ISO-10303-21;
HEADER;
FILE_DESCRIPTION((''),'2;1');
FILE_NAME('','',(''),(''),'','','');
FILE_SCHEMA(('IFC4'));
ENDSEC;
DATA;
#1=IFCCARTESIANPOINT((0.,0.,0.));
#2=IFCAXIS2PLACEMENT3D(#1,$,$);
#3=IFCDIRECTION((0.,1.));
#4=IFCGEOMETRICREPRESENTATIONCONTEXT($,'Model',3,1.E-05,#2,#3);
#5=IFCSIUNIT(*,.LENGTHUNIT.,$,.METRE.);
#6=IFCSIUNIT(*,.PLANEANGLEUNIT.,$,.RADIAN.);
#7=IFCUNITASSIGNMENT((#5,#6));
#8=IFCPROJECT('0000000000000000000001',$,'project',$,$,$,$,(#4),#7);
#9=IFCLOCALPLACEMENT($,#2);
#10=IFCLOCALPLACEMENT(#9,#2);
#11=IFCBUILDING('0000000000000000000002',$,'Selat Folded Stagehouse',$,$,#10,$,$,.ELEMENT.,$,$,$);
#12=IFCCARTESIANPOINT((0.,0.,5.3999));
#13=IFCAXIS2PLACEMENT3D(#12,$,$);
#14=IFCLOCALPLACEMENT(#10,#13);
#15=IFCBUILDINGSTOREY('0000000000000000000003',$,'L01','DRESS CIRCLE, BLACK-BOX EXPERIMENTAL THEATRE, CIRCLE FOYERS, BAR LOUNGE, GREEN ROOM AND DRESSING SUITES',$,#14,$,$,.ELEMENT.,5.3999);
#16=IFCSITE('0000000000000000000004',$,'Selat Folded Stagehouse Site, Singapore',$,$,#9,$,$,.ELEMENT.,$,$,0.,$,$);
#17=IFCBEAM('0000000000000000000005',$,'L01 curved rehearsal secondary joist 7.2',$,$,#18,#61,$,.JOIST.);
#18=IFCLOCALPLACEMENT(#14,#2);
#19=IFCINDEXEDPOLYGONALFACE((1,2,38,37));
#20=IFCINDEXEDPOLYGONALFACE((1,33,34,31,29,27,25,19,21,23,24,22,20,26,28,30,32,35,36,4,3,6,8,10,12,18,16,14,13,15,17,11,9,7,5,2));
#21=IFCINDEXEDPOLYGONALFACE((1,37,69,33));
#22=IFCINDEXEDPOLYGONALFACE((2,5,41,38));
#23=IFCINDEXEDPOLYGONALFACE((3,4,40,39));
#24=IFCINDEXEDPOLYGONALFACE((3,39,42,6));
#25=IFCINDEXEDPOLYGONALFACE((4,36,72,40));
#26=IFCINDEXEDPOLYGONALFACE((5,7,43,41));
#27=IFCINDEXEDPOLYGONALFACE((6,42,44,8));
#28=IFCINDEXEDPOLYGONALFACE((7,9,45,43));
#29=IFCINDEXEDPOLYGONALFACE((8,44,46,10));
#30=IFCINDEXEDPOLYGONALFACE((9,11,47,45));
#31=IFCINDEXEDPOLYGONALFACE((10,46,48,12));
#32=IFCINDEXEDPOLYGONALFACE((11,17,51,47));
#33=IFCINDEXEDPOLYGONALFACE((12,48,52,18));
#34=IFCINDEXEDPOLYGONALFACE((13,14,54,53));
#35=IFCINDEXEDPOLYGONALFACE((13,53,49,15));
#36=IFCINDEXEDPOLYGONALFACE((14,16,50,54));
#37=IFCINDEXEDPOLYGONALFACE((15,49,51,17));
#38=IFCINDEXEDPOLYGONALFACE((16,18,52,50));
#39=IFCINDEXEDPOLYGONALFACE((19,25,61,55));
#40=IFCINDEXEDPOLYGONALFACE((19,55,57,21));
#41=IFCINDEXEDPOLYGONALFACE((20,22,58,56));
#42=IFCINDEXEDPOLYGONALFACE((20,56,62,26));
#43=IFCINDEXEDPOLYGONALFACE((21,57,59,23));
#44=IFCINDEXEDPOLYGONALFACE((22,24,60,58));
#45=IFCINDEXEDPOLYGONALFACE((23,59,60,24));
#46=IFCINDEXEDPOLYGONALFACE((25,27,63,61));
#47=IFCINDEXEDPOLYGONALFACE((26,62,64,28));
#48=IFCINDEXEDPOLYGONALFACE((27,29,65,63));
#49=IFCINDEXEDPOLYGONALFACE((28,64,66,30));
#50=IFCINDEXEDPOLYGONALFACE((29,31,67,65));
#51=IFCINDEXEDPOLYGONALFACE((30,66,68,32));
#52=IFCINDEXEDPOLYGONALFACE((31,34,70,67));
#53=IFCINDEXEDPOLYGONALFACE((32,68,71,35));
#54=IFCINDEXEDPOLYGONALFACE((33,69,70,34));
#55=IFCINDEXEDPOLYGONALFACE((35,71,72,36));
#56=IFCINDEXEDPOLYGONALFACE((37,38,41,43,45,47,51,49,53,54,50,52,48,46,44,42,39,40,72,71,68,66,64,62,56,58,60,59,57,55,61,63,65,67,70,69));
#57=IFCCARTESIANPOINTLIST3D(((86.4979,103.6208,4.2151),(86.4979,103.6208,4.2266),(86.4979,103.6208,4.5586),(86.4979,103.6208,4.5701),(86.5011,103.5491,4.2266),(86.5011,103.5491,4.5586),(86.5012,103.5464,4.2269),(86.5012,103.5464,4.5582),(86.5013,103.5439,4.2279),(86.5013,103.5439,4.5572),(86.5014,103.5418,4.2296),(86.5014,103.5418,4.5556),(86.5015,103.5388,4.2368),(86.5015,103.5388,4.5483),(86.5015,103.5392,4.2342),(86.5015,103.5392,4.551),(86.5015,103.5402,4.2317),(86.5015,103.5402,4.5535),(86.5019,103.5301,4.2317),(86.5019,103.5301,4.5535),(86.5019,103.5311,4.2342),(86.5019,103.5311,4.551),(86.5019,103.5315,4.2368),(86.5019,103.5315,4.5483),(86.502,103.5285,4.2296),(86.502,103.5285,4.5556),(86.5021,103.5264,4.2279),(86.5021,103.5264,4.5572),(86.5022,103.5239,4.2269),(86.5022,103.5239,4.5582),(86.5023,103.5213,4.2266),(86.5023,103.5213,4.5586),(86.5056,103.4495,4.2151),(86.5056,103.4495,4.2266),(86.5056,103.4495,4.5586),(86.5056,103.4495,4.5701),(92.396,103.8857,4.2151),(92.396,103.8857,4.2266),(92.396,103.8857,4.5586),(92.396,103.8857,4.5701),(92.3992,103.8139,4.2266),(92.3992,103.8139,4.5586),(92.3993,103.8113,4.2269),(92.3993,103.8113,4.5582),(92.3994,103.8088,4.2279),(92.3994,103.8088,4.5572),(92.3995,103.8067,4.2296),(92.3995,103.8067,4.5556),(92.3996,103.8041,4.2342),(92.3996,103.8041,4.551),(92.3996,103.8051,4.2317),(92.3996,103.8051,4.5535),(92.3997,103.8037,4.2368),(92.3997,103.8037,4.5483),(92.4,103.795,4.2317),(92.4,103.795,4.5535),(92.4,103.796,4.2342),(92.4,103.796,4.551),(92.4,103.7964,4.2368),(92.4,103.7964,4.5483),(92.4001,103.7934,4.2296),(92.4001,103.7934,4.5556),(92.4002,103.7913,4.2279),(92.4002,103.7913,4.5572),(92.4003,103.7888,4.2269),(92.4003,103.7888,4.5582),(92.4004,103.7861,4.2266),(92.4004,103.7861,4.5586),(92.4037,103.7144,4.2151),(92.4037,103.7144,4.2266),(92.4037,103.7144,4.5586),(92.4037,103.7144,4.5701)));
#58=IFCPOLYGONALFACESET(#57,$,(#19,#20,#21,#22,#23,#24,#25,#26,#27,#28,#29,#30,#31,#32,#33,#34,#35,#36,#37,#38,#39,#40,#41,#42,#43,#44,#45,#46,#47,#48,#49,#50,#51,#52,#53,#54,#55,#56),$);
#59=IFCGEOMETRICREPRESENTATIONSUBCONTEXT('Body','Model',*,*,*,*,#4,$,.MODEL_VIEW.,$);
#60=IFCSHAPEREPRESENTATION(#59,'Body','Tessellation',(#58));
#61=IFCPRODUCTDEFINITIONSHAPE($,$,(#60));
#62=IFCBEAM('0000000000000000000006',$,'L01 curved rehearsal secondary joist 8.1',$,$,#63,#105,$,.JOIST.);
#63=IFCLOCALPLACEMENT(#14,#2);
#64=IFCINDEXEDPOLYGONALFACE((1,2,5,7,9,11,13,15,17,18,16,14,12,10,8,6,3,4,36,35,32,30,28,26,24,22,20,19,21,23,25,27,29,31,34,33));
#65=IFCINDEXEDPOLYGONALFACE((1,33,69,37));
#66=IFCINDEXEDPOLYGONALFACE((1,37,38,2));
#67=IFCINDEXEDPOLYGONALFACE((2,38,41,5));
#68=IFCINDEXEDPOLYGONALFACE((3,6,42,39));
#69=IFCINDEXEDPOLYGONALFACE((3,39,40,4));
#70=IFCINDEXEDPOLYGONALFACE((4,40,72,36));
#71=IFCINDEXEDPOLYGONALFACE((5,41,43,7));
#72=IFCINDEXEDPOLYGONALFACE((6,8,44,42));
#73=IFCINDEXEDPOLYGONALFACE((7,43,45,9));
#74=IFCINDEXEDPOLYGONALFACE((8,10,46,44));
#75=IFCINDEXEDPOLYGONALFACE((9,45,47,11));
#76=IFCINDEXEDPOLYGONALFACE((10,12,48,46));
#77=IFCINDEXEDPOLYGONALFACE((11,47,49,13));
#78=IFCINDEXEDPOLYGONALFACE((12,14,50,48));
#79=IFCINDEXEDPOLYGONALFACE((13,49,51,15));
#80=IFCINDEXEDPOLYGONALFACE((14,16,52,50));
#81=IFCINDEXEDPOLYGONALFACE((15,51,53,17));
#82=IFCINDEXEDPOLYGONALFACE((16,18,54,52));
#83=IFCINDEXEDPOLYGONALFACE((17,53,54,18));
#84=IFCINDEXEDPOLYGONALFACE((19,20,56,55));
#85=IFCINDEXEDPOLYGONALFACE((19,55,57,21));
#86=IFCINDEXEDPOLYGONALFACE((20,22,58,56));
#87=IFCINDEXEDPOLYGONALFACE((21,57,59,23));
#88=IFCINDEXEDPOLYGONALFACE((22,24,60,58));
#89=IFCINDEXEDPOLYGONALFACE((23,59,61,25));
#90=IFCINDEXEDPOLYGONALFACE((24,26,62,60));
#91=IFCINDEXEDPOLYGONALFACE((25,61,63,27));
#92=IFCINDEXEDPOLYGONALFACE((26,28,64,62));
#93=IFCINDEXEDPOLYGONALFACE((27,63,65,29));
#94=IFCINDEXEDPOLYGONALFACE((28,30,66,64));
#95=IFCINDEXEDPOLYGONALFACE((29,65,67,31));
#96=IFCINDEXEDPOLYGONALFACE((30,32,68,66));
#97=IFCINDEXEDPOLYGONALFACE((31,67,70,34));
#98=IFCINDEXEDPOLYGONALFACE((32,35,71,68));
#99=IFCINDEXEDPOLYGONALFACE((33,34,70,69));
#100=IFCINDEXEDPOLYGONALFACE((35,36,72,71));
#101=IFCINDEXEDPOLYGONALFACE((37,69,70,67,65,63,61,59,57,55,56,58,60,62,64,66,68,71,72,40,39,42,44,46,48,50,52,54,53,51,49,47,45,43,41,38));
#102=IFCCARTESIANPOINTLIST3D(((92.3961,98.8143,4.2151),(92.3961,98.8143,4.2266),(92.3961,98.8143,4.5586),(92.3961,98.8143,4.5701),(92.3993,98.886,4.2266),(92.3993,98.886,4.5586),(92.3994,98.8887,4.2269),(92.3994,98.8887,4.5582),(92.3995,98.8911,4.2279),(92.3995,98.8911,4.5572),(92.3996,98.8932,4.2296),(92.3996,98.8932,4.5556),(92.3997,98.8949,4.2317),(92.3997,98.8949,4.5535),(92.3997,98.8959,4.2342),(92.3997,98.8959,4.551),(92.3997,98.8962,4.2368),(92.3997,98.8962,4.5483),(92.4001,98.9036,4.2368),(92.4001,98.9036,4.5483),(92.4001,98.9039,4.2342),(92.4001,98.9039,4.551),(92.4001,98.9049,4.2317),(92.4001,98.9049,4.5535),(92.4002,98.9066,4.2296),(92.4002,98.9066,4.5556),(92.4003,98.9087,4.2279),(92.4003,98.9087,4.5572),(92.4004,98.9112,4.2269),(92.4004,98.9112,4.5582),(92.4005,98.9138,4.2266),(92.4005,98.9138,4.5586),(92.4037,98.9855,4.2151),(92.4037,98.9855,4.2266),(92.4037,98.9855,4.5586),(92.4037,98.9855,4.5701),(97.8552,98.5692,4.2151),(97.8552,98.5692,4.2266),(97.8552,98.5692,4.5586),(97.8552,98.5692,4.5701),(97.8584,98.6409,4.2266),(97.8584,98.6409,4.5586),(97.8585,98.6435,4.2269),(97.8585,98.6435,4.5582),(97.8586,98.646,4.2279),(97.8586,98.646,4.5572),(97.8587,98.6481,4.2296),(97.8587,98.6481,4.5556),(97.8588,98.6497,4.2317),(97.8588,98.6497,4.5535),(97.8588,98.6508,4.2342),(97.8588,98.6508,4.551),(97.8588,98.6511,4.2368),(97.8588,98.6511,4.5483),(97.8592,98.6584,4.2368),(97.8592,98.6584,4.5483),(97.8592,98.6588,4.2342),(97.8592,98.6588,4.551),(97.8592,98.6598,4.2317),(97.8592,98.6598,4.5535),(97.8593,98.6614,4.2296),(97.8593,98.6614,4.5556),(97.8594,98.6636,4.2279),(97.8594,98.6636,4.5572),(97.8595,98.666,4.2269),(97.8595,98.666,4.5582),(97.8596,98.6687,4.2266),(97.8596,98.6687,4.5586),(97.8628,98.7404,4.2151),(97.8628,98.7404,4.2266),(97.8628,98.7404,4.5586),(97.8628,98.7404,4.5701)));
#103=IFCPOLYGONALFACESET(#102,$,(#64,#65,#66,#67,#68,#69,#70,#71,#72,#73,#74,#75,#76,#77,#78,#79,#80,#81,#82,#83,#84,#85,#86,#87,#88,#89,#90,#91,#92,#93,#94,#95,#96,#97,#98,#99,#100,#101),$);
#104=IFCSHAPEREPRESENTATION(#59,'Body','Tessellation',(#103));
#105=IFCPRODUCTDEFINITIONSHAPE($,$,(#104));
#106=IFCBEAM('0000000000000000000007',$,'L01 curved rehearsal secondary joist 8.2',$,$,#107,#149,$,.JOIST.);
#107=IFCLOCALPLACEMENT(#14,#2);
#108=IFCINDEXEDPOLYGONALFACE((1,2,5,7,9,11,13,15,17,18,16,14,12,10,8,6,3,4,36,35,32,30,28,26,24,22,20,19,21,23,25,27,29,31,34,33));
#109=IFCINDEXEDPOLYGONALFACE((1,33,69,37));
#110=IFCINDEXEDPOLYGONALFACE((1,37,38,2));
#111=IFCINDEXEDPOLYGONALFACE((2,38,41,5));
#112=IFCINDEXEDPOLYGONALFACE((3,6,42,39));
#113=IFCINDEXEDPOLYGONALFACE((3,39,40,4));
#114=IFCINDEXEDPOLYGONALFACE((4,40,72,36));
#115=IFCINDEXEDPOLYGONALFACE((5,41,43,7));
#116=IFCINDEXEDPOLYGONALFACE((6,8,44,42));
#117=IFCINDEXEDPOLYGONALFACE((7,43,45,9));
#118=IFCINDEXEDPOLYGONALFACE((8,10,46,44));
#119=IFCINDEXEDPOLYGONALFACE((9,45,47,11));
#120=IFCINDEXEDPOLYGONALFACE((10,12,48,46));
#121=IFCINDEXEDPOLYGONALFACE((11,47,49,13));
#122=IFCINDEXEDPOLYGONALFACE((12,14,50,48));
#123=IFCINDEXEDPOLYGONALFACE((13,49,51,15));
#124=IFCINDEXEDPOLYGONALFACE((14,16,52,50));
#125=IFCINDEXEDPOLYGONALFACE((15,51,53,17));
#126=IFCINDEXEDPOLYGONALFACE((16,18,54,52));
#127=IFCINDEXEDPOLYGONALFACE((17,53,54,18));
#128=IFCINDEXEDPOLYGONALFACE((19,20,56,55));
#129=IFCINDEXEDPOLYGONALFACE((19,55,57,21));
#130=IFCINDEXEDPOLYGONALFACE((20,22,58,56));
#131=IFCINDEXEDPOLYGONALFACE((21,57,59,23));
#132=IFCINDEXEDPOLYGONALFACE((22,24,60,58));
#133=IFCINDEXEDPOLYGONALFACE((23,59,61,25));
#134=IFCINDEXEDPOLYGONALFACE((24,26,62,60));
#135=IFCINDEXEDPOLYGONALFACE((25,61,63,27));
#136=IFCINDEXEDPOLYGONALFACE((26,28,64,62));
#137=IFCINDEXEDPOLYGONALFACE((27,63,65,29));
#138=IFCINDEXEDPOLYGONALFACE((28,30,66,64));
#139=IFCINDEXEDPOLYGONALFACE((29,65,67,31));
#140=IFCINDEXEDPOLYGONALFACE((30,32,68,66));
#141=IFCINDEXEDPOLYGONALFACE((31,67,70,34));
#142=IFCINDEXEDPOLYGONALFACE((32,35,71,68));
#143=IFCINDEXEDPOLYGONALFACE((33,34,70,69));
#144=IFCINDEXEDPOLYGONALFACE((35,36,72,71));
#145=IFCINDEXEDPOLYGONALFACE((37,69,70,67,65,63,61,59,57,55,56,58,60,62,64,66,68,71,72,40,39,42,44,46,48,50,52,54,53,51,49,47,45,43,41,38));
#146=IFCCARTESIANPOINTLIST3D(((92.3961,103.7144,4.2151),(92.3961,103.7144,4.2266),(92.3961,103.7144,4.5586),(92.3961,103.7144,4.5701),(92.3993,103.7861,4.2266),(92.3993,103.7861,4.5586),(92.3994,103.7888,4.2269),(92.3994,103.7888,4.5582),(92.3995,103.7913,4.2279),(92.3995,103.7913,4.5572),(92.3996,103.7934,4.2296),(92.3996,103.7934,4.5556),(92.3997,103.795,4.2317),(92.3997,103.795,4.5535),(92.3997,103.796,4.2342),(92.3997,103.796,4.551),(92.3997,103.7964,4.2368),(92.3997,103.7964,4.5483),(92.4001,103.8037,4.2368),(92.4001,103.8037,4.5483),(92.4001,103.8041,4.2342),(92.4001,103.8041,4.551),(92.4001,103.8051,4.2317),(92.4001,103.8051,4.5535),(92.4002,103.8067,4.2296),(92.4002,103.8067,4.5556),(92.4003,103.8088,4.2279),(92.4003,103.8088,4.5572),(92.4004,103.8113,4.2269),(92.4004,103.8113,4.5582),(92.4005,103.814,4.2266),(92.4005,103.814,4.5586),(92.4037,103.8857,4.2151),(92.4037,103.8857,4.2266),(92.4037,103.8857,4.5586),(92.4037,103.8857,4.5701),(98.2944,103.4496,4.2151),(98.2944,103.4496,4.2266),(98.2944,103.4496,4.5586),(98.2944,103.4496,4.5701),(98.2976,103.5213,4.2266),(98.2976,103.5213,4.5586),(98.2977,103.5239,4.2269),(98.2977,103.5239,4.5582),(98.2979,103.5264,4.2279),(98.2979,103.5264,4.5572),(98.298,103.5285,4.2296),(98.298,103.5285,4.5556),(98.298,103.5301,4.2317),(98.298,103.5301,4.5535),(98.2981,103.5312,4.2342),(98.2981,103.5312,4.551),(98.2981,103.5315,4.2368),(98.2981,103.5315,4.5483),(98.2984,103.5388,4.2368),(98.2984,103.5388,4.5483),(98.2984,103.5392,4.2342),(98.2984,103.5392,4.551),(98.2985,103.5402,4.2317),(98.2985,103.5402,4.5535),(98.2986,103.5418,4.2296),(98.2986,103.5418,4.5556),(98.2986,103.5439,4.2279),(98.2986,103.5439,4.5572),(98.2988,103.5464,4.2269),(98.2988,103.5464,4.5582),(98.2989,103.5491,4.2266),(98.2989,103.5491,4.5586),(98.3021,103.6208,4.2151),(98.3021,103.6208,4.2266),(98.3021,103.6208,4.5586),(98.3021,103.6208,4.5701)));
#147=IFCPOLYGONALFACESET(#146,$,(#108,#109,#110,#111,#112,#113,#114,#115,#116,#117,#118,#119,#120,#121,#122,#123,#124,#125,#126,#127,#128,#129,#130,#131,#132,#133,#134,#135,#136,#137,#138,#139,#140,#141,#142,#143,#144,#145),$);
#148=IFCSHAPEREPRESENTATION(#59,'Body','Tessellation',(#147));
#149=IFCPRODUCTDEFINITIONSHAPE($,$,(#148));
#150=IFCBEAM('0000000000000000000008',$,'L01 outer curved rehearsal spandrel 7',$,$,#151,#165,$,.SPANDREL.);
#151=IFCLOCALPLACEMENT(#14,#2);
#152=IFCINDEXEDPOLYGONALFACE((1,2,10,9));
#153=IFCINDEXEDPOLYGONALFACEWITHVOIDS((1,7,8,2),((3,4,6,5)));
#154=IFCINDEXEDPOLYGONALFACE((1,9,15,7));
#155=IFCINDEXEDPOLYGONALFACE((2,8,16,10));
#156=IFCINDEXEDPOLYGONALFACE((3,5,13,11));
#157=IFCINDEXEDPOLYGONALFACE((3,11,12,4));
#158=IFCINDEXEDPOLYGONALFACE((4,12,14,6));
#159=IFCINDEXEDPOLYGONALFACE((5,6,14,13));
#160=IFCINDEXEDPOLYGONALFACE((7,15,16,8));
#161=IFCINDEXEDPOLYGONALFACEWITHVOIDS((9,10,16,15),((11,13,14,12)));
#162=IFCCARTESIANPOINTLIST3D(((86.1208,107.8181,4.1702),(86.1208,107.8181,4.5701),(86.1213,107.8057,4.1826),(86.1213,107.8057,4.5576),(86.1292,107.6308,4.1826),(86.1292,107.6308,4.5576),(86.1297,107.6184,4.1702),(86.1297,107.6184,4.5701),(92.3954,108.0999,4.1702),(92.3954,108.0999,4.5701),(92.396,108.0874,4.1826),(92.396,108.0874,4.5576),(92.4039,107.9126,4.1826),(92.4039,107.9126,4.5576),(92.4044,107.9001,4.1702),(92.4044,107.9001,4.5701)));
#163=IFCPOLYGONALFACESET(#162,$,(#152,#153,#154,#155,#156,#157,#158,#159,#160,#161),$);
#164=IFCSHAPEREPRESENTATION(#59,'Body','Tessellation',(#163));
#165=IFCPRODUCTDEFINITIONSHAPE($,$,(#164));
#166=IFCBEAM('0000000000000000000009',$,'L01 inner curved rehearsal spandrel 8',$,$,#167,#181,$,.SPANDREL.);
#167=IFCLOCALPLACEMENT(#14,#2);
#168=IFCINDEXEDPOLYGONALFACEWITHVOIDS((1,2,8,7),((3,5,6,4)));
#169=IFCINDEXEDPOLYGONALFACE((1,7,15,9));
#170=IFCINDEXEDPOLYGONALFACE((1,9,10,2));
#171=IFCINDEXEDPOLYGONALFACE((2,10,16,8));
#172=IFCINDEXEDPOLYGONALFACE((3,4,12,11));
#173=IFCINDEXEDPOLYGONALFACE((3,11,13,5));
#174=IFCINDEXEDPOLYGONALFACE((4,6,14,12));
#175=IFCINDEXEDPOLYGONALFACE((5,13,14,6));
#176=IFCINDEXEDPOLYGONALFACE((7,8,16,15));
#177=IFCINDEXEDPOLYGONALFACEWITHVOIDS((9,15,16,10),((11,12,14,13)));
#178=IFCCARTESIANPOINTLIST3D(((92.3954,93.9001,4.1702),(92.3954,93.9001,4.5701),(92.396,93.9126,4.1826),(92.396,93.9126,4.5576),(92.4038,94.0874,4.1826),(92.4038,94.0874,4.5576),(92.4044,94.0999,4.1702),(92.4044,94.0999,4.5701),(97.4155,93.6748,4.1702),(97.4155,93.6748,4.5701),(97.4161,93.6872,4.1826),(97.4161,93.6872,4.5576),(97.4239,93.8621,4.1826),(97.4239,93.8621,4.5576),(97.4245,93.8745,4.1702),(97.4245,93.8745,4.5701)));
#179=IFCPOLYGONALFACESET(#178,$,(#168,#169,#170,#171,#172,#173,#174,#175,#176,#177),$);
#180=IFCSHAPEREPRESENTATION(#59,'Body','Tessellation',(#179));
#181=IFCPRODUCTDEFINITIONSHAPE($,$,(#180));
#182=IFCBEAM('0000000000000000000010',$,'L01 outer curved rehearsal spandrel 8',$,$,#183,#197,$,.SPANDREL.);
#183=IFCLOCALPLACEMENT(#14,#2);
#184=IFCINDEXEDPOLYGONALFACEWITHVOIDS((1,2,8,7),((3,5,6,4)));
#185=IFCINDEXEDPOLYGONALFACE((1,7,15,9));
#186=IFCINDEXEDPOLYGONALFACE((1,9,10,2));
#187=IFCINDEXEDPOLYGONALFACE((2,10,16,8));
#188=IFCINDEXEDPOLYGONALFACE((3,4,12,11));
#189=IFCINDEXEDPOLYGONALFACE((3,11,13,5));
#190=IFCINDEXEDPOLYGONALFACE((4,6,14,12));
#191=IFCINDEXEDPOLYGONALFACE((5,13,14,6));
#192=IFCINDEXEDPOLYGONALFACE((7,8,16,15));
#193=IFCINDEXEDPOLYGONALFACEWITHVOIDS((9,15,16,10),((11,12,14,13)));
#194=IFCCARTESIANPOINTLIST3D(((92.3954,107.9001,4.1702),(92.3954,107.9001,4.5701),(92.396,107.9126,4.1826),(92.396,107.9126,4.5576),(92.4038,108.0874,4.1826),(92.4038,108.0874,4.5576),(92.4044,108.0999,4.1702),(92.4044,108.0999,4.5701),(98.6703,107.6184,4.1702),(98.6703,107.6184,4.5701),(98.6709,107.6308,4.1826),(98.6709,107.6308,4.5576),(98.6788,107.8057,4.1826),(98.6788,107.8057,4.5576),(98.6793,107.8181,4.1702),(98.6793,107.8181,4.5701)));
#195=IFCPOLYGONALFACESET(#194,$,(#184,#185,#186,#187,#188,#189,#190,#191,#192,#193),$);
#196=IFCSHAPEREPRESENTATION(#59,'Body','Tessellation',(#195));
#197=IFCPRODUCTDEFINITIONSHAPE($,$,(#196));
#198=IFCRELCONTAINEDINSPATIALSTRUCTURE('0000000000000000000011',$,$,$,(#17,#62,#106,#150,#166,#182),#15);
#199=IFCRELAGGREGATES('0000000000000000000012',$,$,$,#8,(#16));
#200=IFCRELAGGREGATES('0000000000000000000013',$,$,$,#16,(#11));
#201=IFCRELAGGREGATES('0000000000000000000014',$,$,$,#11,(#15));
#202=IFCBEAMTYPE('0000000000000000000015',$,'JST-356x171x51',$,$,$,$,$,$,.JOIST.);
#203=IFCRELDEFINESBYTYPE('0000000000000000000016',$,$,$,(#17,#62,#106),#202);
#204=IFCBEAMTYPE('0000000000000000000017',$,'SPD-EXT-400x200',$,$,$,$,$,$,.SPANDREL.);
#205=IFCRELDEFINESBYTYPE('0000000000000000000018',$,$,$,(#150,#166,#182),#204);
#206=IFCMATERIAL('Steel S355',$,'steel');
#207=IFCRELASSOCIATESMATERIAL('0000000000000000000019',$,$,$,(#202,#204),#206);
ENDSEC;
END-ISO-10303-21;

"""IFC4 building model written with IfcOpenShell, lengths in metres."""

from ifc_helpers import new_model, si_unit, direction, frame, origin, origin_2d, place, context, subcontext, project, spatial, hollow_rectangle, i_section, extrude, material, material_profile, profile_set, type_object, element, save


model = new_model("IFC4")

# Units and contexts
model_context = context("Model", 3, precision=1e-05, world=origin(), true_north=direction((0.0, 1.0)))
body_context = subcontext(model_context, "Body", "Model", "MODEL_VIEW")
ifc_project = project(units=[si_unit("LENGTHUNIT", "METRE"), si_unit("PLANEANGLEUNIT", "RADIAN")], contexts=[model_context])

# Site, building, storey
site_placement = place(None, origin())
site = spatial("IfcSite", under=ifc_project, at=site_placement, Name="Selat Folded Stagehouse Site, Singapore", CompositionType="ELEMENT", RefElevation=0.0)
building_placement = place(site_placement, origin())
building = spatial("IfcBuilding", under=site, at=building_placement, Name="Selat Folded Stagehouse", CompositionType="ELEMENT")
storey_placement = place(building_placement, frame((0.0, 0.0, 5.3999)))
storey = spatial("IfcBuildingStorey", under=building, at=storey_placement, Name="L01", Description="DRESS CIRCLE, BLACK-BOX EXPERIMENTAL THEATRE, CIRCLE FOYERS, BAR LOUNGE, GREEN ROOM AND DRESSING SUITES", CompositionType="ELEMENT", Elevation=5.3999)

# Shared definitions
ifc_material_1 = material(Name="Steel S355", Category="steel")

# Beams
ifc_material_profile_1 = material_profile(ifc_material_1, i_section(OverallWidth=0.1714, OverallDepth=0.355, WebThickness=0.0073, FlangeThickness=0.0115, FilletRadius=0.0103, at=origin_2d()), Name="UKB 356x171x51")
ifc_profile_set_1 = profile_set([ifc_material_profile_1], Name="Steel S355")
beam_type_1 = type_object("IfcBeamType", Name="JST-356x171x51", PredefinedType="JOIST", material=ifc_profile_set_1)
beam_1_placement = place(storey_placement, frame((86.5017, 103.5352, 4.3926), z_axis=(0.998993, 0.044866, 0.0), x_axis=(-0.044866, 0.998993, 0.0)))
element("IfcBeam", 1, at=beam_1_placement, inside=storey, type_object=beam_type_1, Name="L01 curved rehearsal secondary joist 7.2", PredefinedType="JOIST", context=body_context, shape_type="SweptSolid", body=[
    extrude(i_section(OverallWidth=0.1714, OverallDepth=0.355, WebThickness=0.0073, FlangeThickness=0.0115, FilletRadius=0.0103, at=origin_2d()), origin(), (0.0, 0.0, 1.0), 5.9041),
])
beam_2_placement = place(storey_placement, frame((92.3999, 98.8999, 4.3926), z_axis=(0.998993, -0.044856, 0.0), x_axis=(0.044856, 0.998993, 0.0)))
element("IfcBeam", 2, at=beam_2_placement, inside=storey, type_object=beam_type_1, Name="L01 curved rehearsal secondary joist 8.1", PredefinedType="JOIST", context=body_context, shape_type="SweptSolid", body=[
    extrude(i_section(OverallWidth=0.1714, OverallDepth=0.355, WebThickness=0.0073, FlangeThickness=0.0115, FilletRadius=0.0103, at=origin_2d()), origin(), (0.0, 0.0, 1.0), 5.4646),
])
beam_3_placement = place(storey_placement, frame((92.3999, 103.8, 4.3926), z_axis=(0.998993, -0.044864, 0.0), x_axis=(0.044864, 0.998993, 0.0)))
element("IfcBeam", 3, at=beam_3_placement, inside=storey, type_object=beam_type_1, Name="L01 curved rehearsal secondary joist 8.2", PredefinedType="JOIST", context=body_context, shape_type="SweptSolid", body=[
    extrude(i_section(OverallWidth=0.1714, OverallDepth=0.355, WebThickness=0.0073, FlangeThickness=0.0115, FilletRadius=0.0103, at=origin_2d()), origin(), (0.0, 0.0, 1.0), 5.9043),
])
ifc_material_profile_2 = material_profile(ifc_material_1, hollow_rectangle(XDim=0.2, YDim=0.3999, WallThickness=0.0125, at=origin_2d()), Name="RHS 400x200x12.5")
ifc_profile_set_2 = profile_set([ifc_material_profile_2], Name="Steel S355")
beam_type_2 = type_object("IfcBeamType", Name="SPD-EXT-400x200", PredefinedType="SPANDREL", material=ifc_profile_set_2)
beam_4_placement = place(storey_placement, frame((86.1252, 107.7183, 4.3701), z_axis=(0.998993, 0.044856, 0.0), x_axis=(-0.044856, 0.998993, 0.0)))
element("IfcBeam", 4, at=beam_4_placement, inside=storey, type_object=beam_type_2, Name="L01 outer curved rehearsal spandrel 7", PredefinedType="SPANDREL", context=body_context, shape_type="SweptSolid", body=[
    extrude(hollow_rectangle(XDim=0.2, YDim=0.3999, WallThickness=0.0125, at=origin_2d()), origin(), (0.0, 0.0, 1.0), 6.281),
])
beam_5_placement = place(storey_placement, frame((92.3999, 94.0, 4.3701), z_axis=(0.998994, -0.044843, 0.0), x_axis=(0.044843, 0.998994, 0.0)))
element("IfcBeam", 5, at=beam_5_placement, inside=storey, type_object=beam_type_2, Name="L01 inner curved rehearsal spandrel 8", PredefinedType="SPANDREL", context=body_context, shape_type="SweptSolid", body=[
    extrude(hollow_rectangle(XDim=0.2, YDim=0.3999, WallThickness=0.0125, at=origin_2d()), origin(), (0.0, 0.0, 1.0), 5.0251),
])
beam_6_placement = place(storey_placement, frame((92.3999, 108.0, 4.3701), z_axis=(0.998994, -0.044854, 0.0), x_axis=(0.044854, 0.998994, 0.0)))
element("IfcBeam", 6, at=beam_6_placement, inside=storey, type_object=beam_type_2, Name="L01 outer curved rehearsal spandrel 8", PredefinedType="SPANDREL", context=body_context, shape_type="SweptSolid", body=[
    extrude(hollow_rectangle(XDim=0.2, YDim=0.3999, WallThickness=0.0125, at=origin_2d()), origin(), (0.0, 0.0, 1.0), 6.2812),
])

save(model, "model.ifc")
